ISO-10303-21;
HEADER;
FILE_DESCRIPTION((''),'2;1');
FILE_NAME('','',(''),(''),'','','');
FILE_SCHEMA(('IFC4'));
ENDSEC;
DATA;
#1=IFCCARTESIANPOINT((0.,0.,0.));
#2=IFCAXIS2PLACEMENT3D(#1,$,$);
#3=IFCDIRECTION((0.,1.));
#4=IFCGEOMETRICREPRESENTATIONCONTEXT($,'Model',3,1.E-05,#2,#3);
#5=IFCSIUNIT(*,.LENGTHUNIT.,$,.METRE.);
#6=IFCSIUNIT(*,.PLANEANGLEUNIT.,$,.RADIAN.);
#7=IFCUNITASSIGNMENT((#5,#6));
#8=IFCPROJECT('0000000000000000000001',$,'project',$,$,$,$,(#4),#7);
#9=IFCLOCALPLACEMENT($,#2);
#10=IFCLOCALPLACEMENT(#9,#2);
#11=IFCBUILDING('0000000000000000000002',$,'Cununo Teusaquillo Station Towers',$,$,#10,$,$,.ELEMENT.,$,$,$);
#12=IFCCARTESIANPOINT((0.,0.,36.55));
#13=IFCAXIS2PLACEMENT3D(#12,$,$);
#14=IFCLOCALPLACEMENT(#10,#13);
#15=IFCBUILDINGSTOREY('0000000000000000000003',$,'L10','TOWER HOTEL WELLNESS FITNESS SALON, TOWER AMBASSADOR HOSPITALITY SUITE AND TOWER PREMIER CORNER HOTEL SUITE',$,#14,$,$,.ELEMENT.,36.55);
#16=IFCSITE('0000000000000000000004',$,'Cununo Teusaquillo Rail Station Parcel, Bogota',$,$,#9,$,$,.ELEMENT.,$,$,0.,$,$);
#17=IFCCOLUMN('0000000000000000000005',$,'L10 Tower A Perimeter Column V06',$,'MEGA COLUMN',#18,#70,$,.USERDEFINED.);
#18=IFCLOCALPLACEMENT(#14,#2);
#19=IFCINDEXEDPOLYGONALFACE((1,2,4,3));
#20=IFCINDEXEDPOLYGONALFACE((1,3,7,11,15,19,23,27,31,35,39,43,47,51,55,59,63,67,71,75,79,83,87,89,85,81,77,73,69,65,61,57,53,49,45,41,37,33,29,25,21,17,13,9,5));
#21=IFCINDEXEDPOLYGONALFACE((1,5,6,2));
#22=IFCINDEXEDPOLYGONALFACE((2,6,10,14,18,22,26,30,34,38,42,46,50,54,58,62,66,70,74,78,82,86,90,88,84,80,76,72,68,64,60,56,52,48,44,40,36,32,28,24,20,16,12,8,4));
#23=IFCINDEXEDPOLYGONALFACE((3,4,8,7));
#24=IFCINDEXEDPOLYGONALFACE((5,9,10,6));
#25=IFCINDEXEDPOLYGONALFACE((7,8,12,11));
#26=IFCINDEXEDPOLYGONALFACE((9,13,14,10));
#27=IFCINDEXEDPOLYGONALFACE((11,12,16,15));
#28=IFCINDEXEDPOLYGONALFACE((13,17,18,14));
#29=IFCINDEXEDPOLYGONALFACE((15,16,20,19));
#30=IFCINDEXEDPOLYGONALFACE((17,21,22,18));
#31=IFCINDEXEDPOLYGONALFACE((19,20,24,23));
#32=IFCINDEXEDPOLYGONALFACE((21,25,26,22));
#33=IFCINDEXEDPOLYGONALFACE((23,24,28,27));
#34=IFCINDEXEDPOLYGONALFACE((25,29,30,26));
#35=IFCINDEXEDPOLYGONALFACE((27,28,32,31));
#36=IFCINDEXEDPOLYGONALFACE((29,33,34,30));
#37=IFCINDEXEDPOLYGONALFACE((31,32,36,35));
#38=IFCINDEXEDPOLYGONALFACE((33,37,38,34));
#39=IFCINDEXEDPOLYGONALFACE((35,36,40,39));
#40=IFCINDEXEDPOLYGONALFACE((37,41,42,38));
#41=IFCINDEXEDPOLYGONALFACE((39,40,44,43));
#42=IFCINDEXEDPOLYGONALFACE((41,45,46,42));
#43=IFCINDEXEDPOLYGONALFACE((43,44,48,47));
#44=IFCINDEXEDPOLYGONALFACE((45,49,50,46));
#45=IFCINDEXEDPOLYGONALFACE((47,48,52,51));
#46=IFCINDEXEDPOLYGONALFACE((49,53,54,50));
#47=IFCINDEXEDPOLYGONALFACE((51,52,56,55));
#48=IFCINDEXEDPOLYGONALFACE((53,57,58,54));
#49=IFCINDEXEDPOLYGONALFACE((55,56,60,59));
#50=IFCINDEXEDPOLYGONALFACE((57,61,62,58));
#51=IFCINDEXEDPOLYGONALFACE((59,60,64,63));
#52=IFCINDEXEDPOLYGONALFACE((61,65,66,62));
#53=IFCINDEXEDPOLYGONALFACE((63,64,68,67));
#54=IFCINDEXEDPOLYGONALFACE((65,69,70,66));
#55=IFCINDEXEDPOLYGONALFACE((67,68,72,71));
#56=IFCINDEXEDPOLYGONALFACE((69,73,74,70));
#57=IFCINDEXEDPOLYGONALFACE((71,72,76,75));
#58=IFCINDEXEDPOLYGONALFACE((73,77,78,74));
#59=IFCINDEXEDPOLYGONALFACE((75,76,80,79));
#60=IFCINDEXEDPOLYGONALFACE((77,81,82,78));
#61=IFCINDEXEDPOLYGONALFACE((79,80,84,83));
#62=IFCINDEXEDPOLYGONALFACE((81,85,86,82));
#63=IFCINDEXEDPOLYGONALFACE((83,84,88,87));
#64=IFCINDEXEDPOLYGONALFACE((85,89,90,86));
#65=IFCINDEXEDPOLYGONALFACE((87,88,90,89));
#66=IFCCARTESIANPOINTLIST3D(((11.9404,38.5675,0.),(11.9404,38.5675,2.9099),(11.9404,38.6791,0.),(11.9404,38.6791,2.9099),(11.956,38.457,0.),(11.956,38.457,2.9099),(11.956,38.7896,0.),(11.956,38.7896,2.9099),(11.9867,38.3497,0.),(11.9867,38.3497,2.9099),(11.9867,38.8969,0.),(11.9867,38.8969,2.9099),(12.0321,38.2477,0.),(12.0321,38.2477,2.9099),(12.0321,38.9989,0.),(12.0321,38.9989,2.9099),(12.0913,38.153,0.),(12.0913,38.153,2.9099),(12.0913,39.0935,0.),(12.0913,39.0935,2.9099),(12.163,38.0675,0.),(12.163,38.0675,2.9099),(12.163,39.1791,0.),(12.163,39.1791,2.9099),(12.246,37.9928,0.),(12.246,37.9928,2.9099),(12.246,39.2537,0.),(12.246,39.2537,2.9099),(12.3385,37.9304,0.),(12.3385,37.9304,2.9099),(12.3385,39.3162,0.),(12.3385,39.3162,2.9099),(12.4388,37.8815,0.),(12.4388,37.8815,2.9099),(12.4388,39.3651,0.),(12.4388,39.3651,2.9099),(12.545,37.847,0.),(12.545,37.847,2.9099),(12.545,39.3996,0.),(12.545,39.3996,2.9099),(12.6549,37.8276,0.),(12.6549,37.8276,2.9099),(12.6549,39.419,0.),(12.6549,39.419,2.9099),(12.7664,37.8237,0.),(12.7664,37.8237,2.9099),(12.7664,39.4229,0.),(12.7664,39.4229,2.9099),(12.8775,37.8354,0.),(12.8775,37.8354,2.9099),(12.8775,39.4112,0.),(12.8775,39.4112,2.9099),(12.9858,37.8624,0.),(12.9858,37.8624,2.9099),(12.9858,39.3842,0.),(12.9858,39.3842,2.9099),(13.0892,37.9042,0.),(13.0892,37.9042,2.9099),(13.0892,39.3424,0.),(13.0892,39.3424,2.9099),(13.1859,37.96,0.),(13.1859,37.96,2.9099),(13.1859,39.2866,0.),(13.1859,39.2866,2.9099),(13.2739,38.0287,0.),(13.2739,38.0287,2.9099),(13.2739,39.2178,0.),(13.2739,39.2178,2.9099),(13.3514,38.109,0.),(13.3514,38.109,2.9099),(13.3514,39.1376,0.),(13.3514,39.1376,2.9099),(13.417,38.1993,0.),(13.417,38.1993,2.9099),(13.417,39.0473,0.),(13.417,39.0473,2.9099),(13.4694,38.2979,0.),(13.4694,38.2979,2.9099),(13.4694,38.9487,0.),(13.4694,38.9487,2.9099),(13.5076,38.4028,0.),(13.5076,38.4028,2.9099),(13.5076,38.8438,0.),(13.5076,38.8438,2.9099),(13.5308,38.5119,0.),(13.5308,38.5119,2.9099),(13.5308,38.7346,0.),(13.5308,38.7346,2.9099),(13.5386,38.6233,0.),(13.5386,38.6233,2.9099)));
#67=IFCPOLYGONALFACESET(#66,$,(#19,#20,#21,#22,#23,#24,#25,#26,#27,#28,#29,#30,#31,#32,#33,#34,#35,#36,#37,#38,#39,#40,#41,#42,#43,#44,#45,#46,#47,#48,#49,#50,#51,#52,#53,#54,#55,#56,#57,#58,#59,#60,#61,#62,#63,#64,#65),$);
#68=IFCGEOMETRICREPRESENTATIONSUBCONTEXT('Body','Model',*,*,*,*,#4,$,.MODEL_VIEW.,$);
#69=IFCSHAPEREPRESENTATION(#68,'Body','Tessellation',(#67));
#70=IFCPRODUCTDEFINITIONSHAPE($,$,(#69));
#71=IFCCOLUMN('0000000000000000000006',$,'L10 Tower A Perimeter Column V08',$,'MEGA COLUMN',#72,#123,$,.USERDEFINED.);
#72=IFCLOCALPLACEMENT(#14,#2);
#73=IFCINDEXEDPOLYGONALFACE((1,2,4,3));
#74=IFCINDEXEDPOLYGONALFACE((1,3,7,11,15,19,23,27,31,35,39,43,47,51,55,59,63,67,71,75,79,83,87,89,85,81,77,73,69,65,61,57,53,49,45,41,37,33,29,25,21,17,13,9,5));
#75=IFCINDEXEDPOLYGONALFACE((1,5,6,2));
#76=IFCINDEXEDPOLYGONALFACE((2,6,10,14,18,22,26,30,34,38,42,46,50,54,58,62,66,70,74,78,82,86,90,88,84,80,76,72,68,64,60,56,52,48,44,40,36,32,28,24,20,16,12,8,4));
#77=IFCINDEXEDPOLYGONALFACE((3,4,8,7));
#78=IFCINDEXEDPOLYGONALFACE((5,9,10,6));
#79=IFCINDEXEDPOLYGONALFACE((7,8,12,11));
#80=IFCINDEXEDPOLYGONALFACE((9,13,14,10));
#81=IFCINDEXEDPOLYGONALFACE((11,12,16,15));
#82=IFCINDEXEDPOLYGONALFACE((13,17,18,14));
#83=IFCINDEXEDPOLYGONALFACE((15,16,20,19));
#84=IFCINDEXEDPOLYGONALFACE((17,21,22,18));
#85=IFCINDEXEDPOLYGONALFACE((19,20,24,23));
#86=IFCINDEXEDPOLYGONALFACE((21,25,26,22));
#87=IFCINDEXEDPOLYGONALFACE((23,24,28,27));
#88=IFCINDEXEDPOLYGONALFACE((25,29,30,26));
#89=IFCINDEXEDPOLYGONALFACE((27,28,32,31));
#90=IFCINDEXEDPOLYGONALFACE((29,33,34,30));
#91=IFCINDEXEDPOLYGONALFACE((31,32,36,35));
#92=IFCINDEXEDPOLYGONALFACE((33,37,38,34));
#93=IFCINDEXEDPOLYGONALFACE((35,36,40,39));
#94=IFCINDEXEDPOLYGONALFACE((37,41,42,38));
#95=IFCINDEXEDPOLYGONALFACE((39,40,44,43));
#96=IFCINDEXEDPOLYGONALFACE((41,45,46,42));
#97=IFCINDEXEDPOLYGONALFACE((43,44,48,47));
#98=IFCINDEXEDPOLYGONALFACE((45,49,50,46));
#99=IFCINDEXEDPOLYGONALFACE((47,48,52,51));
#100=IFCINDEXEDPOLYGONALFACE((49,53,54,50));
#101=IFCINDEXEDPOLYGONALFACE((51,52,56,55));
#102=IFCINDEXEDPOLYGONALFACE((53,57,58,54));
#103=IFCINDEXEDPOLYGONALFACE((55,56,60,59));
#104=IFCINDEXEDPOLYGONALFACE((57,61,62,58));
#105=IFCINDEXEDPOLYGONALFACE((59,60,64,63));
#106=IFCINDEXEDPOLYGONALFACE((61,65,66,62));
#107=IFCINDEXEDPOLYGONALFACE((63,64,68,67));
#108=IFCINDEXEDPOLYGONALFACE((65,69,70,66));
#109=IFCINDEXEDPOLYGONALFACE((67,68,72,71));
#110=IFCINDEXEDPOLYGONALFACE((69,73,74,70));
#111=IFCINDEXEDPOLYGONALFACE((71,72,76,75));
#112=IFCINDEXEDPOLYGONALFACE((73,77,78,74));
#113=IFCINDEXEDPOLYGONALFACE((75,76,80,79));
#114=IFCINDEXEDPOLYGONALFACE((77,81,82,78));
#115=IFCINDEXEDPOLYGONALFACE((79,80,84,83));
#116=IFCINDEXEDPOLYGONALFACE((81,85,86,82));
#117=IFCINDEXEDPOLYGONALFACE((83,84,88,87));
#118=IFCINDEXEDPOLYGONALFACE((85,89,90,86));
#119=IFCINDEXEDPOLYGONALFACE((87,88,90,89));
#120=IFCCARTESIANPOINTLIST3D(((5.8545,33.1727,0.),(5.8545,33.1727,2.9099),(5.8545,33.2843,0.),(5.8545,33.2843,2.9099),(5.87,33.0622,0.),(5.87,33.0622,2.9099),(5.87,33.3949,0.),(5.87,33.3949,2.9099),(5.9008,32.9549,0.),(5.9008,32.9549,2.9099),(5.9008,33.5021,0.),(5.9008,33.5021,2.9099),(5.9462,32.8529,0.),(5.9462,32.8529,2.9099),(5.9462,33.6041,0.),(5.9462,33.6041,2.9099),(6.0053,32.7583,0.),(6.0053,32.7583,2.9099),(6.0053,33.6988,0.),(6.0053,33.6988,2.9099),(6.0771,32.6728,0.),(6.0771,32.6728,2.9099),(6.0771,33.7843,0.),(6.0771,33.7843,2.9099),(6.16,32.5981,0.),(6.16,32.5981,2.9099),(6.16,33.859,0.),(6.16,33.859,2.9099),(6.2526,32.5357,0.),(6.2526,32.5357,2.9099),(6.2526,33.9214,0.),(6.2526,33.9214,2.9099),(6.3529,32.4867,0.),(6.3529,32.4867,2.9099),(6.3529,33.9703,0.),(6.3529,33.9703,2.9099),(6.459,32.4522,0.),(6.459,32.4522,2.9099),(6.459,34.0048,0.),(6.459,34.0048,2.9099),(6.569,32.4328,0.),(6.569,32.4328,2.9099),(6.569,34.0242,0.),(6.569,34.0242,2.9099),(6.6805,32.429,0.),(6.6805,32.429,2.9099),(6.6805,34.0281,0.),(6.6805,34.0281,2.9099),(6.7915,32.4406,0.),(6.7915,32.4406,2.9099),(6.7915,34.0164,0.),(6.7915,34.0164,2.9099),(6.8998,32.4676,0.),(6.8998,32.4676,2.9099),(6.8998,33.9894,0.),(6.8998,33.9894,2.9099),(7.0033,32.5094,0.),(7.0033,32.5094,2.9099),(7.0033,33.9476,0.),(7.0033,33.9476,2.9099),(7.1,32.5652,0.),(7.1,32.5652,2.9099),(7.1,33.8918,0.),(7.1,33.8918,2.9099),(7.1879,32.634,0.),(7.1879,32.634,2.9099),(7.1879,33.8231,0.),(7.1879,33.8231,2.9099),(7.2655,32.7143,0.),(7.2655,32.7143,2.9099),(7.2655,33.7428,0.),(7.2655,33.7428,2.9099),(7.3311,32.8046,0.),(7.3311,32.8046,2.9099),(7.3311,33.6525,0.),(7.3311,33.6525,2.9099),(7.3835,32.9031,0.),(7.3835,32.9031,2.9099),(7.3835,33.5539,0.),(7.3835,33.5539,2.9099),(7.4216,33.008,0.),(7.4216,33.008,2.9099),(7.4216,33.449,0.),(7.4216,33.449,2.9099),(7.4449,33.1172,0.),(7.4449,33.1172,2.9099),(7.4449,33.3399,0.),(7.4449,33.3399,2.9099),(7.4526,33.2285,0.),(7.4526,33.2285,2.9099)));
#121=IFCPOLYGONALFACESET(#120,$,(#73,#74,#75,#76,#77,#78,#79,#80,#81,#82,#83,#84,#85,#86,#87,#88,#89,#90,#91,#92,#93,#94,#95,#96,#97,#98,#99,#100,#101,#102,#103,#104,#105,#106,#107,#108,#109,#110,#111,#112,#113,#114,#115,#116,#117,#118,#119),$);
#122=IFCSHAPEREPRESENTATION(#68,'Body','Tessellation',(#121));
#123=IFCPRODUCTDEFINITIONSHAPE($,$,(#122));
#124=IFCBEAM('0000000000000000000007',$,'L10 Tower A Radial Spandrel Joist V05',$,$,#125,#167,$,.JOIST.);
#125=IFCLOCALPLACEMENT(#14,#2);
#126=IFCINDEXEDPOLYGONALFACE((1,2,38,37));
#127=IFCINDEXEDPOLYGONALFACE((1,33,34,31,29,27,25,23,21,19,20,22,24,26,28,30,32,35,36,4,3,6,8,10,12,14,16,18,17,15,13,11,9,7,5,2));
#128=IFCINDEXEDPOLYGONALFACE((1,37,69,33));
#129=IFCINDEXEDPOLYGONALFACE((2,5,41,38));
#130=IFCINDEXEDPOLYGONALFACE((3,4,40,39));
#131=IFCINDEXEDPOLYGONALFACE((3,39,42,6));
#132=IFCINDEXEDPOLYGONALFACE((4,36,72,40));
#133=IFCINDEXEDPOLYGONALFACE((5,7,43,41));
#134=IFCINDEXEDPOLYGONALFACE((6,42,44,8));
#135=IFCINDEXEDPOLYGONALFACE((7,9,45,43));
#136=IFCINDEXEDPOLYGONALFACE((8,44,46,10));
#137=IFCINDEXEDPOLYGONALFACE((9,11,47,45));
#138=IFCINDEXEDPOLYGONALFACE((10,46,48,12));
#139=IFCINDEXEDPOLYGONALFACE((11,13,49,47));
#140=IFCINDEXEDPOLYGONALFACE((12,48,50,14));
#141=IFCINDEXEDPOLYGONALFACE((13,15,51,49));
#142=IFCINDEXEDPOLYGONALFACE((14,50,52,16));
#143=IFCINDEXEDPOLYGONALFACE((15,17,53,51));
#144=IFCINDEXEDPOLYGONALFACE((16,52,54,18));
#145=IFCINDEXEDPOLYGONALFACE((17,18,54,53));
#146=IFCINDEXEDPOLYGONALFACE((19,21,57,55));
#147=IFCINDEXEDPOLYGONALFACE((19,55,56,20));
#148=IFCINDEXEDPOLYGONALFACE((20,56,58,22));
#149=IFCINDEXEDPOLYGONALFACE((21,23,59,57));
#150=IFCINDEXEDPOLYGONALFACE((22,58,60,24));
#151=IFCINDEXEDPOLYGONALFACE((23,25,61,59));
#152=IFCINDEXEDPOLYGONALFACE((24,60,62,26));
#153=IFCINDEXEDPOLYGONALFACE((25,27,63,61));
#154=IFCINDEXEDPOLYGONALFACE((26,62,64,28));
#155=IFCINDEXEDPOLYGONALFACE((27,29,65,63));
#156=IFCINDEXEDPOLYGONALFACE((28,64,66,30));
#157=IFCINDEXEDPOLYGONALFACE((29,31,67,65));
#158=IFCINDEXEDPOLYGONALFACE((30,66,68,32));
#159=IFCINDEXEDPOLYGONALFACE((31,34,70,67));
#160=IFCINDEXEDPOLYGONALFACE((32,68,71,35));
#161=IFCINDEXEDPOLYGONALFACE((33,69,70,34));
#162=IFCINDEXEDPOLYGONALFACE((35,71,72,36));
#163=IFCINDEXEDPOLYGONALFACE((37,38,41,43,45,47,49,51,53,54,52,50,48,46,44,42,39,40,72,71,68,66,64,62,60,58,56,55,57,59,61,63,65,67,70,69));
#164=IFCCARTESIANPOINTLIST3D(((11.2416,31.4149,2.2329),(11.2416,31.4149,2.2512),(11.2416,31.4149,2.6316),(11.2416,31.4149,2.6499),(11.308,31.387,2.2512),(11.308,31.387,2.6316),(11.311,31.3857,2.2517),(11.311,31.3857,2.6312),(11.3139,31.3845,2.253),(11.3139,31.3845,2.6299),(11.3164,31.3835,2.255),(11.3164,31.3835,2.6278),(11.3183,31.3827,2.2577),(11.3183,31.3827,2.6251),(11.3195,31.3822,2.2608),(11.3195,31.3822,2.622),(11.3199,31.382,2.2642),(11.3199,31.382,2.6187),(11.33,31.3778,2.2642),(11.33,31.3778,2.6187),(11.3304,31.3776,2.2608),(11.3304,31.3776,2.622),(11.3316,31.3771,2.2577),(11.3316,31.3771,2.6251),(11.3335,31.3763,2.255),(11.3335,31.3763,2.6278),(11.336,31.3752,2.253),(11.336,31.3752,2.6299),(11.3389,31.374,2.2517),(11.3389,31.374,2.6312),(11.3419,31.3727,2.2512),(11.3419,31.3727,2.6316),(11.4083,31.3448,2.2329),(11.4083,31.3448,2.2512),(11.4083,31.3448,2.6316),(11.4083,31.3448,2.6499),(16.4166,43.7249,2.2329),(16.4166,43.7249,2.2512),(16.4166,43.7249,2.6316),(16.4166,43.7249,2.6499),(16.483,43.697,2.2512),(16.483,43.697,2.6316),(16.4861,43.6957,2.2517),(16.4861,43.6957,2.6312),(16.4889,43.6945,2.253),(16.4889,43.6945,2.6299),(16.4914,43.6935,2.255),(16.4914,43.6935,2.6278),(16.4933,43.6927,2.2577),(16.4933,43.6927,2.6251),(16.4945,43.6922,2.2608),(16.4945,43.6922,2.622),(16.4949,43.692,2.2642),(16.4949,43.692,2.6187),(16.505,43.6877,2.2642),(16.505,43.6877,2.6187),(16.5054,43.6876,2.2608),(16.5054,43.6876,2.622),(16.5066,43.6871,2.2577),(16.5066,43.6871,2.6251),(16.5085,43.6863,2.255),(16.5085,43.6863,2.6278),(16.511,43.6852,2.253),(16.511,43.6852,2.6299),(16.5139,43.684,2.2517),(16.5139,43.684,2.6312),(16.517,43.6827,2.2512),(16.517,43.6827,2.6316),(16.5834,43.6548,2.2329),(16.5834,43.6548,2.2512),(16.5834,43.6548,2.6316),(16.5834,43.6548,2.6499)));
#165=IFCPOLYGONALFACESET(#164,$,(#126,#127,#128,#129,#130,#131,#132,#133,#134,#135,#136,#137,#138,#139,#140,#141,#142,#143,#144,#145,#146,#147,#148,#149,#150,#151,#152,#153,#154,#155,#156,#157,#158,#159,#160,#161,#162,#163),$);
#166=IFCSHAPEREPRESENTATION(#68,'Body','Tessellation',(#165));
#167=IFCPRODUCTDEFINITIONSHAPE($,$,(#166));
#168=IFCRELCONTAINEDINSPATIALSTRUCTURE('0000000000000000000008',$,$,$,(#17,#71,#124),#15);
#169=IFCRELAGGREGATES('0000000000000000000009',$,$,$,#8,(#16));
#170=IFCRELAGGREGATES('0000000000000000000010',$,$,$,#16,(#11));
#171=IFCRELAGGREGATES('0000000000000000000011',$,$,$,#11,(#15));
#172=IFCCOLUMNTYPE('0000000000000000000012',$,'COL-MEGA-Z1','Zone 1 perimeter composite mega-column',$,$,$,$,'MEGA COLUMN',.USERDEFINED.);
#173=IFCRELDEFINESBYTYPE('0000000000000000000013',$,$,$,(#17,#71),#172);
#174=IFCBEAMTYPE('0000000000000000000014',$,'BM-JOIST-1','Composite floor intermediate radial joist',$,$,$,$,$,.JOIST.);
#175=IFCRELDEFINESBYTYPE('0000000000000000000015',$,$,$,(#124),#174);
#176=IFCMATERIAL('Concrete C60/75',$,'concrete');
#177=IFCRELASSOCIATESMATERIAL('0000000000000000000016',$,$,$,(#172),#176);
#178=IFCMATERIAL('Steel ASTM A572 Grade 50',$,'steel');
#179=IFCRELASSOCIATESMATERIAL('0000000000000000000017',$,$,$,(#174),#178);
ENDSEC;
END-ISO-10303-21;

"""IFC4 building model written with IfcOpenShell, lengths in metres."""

from ifc_helpers import new_model, si_unit, direction, frame, origin, origin_2d, place, context, subcontext, project, spatial, circle, i_section, extrude, material, material_profile, profile_set, type_object, element, save


model = new_model("IFC4")

# Units and contexts
model_context = context("Model", 3, precision=1e-05, world=origin(), true_north=direction((0.0, 1.0)))
body_context = subcontext(model_context, "Body", "Model", "MODEL_VIEW")
ifc_project = project(units=[si_unit("LENGTHUNIT", "METRE"), si_unit("PLANEANGLEUNIT", "RADIAN")], contexts=[model_context])

# Site, building, storey
site_placement = place(None, origin())
site = spatial("IfcSite", under=ifc_project, at=site_placement, Name="Cununo Teusaquillo Rail Station Parcel, Bogota", CompositionType="ELEMENT", RefElevation=0.0)
building_placement = place(site_placement, origin())
building = spatial("IfcBuilding", under=site, at=building_placement, Name="Cununo Teusaquillo Station Towers", CompositionType="ELEMENT")
storey_placement = place(building_placement, frame((0.0, 0.0, 36.55)))
storey = spatial("IfcBuildingStorey", under=building, at=storey_placement, Name="L10", Description="TOWER HOTEL WELLNESS FITNESS SALON, TOWER AMBASSADOR HOSPITALITY SUITE AND TOWER PREMIER CORNER HOTEL SUITE", CompositionType="ELEMENT", Elevation=36.55)

# Columns
ifc_material_1 = material(Name="Concrete C60/75", Category="concrete")
ifc_material_profile_1 = material_profile(ifc_material_1, circle(Radius=0.8, at=origin_2d()), Name="RC-CIRC-1600")
ifc_profile_set_1 = profile_set([ifc_material_profile_1], Name="Concrete C60/75")
column_type = type_object("IfcColumnType", Name="COL-MEGA-Z1", Description="Zone 1 perimeter composite mega-column", ElementType="MEGA COLUMN", PredefinedType="USERDEFINED", material=ifc_profile_set_1)
for number, where, z_axis, x_axis, name in (
    (1, (12.7385, 38.6233, 0.0), (0.0, 0.0, 1.0), (1.0, 0.0, 0.0), "L10 Tower A Perimeter Column V06"),
    (2, (6.6526, 33.2285, 0.0), (0.0, 0.0, 1.0), (1.0, 0.0, 0.0), "L10 Tower A Perimeter Column V08"),
):
    element("IfcColumn", number, at=place(storey_placement, frame(where, z_axis=z_axis, x_axis=x_axis)), inside=storey, type_object=column_type, Name=name, ObjectType="MEGA COLUMN", PredefinedType="USERDEFINED", context=body_context, shape_type="SweptSolid", body=[
        extrude(circle(Radius=0.8, at=origin_2d()), origin(), (0.0, 0.0, 1.0), 2.9099),
    ])

# Beam
ifc_material_2 = material(Name="Steel ASTM A572 Grade 50", Category="steel")
ifc_material_profile_2 = material_profile(ifc_material_2, i_section(OverallWidth=0.1809, OverallDepth=0.417, WebThickness=0.011, FlangeThickness=0.0183, FilletRadius=0.0129, at=origin_2d()), Name="W16X57")
ifc_profile_set_2 = profile_set([ifc_material_profile_2], Name="Steel ASTM A572 Grade 50")
beam_type_1 = type_object("IfcBeamType", Name="BM-JOIST-1", Description="Composite floor intermediate radial joist", PredefinedType="JOIST", material=ifc_profile_set_2)
beam_1_placement = place(storey_placement, frame((11.325, 31.3799, 2.4414), z_axis=(0.38754, 0.921853, 0.0), x_axis=(-0.921853, 0.38754, 0.0)))
element("IfcBeam", 3, at=beam_1_placement, inside=storey, type_object=beam_type_1, Name="L10 Tower A Radial Spandrel Joist V05", PredefinedType="JOIST", context=body_context, shape_type="SweptSolid", body=[
    extrude(i_section(OverallWidth=0.1809, OverallDepth=0.417, WebThickness=0.011, FlangeThickness=0.0183, FilletRadius=0.0129, at=origin_2d()), origin(), (0.0, 0.0, 1.0), 13.3535),
])

save(model, "model.ifc")
